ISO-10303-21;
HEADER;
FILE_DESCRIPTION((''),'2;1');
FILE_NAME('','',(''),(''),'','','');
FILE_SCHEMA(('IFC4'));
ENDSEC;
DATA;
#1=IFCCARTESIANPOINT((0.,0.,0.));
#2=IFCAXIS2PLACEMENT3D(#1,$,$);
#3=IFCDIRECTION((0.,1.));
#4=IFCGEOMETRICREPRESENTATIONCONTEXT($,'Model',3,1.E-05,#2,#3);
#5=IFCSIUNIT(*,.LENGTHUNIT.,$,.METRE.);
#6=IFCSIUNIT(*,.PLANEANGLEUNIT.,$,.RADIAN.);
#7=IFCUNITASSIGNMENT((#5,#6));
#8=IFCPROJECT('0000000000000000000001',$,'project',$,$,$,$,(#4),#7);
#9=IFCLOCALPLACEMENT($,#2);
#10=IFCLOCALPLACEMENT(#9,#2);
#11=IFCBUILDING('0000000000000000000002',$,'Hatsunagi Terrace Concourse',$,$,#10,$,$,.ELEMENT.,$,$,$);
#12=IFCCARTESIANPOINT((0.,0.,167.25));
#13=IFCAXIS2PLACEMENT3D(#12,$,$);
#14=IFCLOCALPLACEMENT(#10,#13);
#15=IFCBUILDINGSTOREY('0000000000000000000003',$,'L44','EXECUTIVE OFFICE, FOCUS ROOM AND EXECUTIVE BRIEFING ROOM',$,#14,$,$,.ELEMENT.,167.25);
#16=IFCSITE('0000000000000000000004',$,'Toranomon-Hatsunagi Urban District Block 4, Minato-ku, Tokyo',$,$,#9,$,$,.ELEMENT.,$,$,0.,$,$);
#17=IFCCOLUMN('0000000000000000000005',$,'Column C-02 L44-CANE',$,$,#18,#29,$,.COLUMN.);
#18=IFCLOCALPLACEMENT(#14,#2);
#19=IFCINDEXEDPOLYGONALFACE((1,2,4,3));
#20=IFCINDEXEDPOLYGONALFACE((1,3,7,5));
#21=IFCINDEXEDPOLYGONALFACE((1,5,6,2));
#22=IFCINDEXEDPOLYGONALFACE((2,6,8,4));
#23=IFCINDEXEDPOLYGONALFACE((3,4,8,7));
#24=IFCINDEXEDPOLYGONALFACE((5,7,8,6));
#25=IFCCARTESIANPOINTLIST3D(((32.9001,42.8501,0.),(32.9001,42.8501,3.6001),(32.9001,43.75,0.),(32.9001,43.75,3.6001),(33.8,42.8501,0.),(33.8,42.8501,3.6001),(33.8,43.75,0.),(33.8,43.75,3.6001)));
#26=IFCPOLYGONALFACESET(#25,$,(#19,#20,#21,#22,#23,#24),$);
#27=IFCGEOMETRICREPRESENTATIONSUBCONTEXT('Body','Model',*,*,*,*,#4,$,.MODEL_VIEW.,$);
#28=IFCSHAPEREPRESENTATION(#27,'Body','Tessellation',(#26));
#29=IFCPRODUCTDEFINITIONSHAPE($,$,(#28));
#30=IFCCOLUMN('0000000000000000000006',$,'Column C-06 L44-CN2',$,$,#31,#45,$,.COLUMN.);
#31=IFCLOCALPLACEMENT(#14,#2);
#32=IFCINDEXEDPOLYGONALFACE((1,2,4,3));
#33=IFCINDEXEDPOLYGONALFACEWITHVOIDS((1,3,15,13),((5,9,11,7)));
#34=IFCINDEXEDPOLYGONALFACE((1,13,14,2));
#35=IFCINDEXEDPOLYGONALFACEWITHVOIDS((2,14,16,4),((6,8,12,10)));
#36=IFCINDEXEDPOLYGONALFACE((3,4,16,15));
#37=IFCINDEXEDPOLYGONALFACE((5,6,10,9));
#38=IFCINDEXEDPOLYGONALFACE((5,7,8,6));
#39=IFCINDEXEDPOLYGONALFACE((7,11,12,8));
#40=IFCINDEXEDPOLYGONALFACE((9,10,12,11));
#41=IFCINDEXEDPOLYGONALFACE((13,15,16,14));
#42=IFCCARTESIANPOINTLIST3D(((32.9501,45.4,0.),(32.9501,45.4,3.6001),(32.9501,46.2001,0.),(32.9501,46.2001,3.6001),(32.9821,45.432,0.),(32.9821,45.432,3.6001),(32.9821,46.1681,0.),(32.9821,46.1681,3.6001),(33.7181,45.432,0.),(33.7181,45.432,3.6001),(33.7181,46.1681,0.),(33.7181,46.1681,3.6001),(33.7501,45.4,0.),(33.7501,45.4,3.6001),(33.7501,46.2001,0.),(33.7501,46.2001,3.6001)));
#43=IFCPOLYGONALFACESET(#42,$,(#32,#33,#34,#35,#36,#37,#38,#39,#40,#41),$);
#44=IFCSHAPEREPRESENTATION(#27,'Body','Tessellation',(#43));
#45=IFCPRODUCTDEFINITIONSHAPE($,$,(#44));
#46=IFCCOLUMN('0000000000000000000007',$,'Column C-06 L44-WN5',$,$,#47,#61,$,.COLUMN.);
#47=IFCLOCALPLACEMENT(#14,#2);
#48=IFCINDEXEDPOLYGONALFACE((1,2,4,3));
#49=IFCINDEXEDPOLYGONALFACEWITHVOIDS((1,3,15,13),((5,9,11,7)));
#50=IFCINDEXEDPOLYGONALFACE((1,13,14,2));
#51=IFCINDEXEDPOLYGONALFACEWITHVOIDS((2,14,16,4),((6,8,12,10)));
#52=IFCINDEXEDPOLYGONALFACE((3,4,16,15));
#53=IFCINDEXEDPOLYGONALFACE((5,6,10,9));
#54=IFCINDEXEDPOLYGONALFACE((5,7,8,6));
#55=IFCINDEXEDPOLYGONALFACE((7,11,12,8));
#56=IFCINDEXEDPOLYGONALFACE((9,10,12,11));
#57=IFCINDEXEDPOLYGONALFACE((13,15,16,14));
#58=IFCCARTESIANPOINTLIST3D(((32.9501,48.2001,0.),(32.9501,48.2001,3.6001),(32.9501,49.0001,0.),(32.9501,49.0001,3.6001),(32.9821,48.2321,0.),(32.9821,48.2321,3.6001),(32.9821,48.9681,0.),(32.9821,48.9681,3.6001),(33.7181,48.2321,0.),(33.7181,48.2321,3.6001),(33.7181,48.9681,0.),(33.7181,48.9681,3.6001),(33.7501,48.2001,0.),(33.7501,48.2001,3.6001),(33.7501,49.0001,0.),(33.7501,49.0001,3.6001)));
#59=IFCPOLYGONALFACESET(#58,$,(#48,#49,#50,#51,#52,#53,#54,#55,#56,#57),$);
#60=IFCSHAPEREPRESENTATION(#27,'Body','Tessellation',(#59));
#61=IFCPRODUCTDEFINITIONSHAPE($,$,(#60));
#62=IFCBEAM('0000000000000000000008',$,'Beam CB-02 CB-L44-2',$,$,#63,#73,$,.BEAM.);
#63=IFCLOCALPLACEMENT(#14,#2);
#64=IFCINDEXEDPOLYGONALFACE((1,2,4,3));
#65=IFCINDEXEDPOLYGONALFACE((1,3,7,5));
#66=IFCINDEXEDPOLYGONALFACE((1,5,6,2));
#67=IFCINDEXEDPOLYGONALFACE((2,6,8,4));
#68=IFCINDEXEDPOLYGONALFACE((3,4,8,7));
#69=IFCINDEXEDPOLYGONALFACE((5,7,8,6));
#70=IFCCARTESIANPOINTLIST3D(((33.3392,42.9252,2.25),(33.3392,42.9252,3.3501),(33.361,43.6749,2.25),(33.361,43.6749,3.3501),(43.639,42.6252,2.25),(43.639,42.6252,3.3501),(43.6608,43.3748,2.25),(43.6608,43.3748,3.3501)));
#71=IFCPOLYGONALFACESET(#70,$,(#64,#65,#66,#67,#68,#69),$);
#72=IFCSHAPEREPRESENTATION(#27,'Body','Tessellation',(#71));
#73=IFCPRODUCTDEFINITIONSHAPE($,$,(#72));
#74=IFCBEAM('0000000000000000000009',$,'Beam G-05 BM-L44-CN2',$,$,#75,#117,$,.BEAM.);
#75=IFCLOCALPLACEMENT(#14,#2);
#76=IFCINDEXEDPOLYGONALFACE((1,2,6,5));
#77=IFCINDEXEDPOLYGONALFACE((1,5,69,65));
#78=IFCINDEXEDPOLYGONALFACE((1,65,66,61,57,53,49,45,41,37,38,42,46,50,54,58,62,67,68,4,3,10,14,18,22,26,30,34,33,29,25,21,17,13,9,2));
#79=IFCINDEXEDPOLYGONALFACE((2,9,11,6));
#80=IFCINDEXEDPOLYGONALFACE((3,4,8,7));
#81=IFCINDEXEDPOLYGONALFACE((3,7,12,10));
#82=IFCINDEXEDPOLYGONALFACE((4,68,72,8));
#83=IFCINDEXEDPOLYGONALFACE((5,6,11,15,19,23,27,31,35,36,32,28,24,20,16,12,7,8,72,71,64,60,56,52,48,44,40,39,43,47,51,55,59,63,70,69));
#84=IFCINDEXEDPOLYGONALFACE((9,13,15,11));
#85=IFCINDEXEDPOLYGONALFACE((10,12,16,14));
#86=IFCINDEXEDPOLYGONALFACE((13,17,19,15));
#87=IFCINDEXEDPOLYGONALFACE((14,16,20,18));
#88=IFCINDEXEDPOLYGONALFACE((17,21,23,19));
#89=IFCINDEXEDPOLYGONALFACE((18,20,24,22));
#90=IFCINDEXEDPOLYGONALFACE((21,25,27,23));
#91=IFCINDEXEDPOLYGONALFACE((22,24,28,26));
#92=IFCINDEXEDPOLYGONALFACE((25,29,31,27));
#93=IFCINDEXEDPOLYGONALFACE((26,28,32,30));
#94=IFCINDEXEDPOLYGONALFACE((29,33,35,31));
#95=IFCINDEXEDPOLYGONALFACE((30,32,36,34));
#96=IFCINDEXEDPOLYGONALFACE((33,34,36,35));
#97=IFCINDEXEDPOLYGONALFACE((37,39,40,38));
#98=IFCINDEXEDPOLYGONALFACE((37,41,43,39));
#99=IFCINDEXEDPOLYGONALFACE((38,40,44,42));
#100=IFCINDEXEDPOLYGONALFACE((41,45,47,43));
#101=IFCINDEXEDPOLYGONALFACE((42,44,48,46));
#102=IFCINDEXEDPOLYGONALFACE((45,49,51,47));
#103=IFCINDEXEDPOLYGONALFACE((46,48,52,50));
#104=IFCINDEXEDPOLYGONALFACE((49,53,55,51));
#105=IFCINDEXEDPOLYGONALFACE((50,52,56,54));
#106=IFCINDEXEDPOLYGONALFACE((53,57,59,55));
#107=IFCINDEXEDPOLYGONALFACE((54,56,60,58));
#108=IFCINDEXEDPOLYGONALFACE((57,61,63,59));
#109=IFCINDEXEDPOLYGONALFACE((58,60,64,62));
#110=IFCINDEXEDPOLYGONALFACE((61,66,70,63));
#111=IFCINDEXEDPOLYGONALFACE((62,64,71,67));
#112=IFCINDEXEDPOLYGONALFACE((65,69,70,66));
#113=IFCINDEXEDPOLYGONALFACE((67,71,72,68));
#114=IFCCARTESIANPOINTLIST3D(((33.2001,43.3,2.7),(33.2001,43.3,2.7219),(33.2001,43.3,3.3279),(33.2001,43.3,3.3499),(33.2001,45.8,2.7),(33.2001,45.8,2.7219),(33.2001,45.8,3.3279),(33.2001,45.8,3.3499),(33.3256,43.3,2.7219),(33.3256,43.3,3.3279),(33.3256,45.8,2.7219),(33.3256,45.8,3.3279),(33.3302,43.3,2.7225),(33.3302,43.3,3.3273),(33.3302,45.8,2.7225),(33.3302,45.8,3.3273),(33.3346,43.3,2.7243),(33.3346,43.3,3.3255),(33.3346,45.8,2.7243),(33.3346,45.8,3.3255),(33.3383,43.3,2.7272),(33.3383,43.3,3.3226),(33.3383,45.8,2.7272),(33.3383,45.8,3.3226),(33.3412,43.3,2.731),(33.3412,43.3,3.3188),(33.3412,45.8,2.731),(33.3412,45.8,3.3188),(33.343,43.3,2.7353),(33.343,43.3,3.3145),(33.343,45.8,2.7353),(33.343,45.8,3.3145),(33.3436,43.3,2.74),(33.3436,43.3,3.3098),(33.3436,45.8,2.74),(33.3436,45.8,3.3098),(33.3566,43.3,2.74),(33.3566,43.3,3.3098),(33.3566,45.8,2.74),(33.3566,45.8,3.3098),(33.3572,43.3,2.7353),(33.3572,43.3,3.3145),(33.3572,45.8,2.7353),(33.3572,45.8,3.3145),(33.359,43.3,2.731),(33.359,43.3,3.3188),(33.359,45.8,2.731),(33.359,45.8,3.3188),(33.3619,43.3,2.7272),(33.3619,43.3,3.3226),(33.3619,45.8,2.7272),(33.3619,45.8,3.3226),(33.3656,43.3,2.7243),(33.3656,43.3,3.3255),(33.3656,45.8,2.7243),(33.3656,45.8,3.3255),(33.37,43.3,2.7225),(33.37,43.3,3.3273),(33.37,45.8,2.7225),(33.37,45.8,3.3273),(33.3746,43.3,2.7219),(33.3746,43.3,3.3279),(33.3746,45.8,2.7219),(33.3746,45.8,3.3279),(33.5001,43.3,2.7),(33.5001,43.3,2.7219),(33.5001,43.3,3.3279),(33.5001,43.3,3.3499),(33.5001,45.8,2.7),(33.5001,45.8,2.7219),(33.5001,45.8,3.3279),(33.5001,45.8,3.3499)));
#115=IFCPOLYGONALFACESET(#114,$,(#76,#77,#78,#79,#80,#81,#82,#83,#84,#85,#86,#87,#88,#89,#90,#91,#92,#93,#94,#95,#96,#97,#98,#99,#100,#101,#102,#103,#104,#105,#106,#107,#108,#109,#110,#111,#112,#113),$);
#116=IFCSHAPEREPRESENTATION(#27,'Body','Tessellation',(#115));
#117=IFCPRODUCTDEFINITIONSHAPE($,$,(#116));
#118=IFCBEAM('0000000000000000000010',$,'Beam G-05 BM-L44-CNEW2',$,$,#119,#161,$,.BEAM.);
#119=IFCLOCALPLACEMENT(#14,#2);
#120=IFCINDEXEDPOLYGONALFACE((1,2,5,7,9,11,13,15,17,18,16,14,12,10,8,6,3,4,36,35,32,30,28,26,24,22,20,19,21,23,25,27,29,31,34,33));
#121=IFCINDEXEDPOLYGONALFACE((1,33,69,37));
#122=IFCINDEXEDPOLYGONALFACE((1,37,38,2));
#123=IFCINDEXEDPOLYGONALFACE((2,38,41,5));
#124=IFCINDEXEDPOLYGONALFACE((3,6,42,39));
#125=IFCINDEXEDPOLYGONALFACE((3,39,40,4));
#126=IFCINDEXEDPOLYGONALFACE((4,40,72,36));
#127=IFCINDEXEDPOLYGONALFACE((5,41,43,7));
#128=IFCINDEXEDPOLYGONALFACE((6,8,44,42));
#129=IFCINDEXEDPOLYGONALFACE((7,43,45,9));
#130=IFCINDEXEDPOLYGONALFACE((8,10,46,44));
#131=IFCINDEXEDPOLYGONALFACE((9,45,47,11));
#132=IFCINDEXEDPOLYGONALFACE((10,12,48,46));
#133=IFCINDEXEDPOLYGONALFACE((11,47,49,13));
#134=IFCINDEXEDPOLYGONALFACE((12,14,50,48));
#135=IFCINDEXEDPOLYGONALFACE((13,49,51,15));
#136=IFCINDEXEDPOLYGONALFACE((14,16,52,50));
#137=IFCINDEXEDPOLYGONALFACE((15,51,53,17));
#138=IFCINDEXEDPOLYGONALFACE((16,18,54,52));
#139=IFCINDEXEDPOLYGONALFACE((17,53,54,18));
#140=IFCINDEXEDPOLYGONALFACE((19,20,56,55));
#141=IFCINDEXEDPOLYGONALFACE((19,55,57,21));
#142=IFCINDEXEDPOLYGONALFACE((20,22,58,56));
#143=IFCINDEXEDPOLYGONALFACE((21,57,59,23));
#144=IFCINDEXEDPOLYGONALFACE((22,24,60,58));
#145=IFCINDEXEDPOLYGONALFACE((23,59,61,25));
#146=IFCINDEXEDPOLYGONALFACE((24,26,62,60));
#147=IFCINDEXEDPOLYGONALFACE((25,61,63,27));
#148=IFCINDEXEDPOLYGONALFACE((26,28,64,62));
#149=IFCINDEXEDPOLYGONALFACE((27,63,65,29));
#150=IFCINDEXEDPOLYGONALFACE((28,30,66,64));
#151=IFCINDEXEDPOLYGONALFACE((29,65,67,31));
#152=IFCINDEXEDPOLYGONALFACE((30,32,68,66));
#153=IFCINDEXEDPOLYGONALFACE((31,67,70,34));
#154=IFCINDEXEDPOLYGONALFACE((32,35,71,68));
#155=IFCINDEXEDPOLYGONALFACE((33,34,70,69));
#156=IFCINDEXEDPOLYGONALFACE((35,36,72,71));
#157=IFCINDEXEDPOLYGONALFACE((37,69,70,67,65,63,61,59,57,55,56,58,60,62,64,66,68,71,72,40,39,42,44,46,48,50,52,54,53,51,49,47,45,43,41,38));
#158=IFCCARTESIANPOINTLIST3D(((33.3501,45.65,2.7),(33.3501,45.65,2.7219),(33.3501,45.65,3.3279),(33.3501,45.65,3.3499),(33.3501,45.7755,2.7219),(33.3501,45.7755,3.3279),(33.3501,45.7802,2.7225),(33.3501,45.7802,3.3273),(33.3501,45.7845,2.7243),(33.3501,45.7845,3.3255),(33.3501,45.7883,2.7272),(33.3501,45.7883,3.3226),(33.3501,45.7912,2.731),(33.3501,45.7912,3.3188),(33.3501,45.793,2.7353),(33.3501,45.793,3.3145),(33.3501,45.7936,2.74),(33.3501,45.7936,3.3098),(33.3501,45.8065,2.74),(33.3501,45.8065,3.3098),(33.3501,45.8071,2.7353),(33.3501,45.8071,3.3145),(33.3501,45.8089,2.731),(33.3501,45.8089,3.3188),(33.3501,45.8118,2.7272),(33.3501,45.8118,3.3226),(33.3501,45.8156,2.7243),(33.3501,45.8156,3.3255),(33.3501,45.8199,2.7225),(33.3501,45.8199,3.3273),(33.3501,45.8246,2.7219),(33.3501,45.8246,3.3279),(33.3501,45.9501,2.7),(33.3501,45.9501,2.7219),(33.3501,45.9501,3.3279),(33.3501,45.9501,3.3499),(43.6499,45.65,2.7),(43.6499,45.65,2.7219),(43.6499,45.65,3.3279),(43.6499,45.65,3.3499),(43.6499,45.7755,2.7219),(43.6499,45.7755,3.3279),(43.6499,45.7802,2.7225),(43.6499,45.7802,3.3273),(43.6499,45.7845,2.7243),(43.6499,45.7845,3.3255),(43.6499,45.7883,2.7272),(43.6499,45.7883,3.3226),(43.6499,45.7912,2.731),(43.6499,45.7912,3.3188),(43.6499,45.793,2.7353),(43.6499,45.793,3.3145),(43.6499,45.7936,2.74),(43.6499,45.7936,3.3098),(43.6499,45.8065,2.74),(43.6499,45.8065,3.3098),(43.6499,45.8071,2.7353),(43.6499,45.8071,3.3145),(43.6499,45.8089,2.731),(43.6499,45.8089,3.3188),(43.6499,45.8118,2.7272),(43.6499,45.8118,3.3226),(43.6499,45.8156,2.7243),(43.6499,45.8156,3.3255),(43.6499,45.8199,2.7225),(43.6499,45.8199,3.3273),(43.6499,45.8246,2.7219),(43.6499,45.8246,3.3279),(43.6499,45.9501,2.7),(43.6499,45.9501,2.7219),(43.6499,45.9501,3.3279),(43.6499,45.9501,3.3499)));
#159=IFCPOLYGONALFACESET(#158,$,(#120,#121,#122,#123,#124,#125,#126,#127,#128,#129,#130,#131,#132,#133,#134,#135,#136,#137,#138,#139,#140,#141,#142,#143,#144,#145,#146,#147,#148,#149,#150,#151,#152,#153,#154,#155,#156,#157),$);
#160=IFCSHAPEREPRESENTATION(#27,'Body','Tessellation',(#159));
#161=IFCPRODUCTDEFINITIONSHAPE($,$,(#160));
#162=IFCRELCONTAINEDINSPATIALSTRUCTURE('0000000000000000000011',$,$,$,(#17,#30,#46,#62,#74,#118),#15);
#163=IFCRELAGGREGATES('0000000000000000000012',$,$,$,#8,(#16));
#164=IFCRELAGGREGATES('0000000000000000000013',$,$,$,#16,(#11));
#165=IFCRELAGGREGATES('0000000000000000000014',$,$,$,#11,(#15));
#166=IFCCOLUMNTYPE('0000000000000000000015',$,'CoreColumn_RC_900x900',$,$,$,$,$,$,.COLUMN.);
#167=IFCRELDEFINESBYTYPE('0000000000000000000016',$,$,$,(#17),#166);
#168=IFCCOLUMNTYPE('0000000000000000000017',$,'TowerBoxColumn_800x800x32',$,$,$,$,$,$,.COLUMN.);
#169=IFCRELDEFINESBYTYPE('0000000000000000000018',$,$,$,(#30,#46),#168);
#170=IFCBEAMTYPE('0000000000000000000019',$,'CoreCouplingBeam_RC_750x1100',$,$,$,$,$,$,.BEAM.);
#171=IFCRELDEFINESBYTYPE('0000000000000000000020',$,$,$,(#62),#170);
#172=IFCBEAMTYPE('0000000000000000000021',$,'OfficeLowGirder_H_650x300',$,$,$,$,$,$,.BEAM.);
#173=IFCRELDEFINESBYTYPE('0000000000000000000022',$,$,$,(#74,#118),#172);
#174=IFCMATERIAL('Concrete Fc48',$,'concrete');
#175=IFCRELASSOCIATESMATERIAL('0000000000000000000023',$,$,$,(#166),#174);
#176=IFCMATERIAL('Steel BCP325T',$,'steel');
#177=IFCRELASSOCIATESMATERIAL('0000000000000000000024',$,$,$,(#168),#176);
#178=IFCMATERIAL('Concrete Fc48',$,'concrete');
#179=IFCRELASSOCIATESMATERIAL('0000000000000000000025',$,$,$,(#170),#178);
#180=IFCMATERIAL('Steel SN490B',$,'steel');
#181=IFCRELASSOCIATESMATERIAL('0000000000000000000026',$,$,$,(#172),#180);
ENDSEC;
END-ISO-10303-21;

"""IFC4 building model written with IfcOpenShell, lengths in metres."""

from ifc_helpers import new_model, si_unit, direction, frame, origin, origin_2d, place, context, subcontext, project, spatial, rectangle, hollow_rectangle, i_section, extrude, material, material_profile, profile_set, type_object, element, save


model = new_model("IFC4")

# Units and contexts
model_context = context("Model", 3, precision=1e-05, world=origin(), true_north=direction((0.0, 1.0)))
body_context = subcontext(model_context, "Body", "Model", "MODEL_VIEW")
ifc_project = project(units=[si_unit("LENGTHUNIT", "METRE"), si_unit("PLANEANGLEUNIT", "RADIAN")], contexts=[model_context])

# Site, building, storey
site_placement = place(None, origin())
site = spatial("IfcSite", under=ifc_project, at=site_placement, Name="Toranomon-Hatsunagi Urban District Block 4, Minato-ku, Tokyo", CompositionType="ELEMENT", RefElevation=0.0)
building_placement = place(site_placement, origin())
building = spatial("IfcBuilding", under=site, at=building_placement, Name="Hatsunagi Terrace Concourse", CompositionType="ELEMENT")
storey_placement = place(building_placement, frame((0.0, 0.0, 167.25)))
storey = spatial("IfcBuildingStorey", under=building, at=storey_placement, Name="L44", Description="EXECUTIVE OFFICE, FOCUS ROOM AND EXECUTIVE BRIEFING ROOM", CompositionType="ELEMENT", Elevation=167.25)

# Columns
ifc_material_1 = material(Name="Concrete Fc48", Category="concrete")
ifc_material_profile_1 = material_profile(ifc_material_1, rectangle(XDim=0.8999, YDim=0.8999, at=origin_2d()), Name="RC-900x900")
ifc_profile_set_1 = profile_set([ifc_material_profile_1], Name="Concrete Fc48")
column_type_1 = type_object("IfcColumnType", Name="CoreColumn_RC_900x900", PredefinedType="COLUMN", material=ifc_profile_set_1)
column_placement = place(storey_placement, frame((33.3501, 43.3, 0.0), z_axis=(0.0, 0.0, 1.0), x_axis=(1.0, 0.0, 0.0)))
element("IfcColumn", 1, at=column_placement, inside=storey, type_object=column_type_1, Name="Column C-02 L44-CANE", PredefinedType="COLUMN", context=body_context, shape_type="SweptSolid", body=[
    extrude(rectangle(XDim=0.8999, YDim=0.8999, at=origin_2d()), origin(), (0.0, 0.0, 1.0), 3.6001),
])
ifc_material_2 = material(Name="Steel BCP325T", Category="steel")
ifc_material_profile_2 = material_profile(ifc_material_2, hollow_rectangle(XDim=0.8, YDim=0.8, WallThickness=0.032, at=origin_2d()), Name="BCP-800x800x32")
ifc_profile_set_2 = profile_set([ifc_material_profile_2], Name="Steel BCP325T")
column_type_2 = type_object("IfcColumnType", Name="TowerBoxColumn_800x800x32", PredefinedType="COLUMN", material=ifc_profile_set_2)
for number, where, z_axis, x_axis, name in (
    (2, (33.3501, 45.8, 0.0), (0.0, 0.0, 1.0), (1.0, 0.0, 0.0), "Column C-06 L44-CN2"),
    (3, (33.3501, 48.6001, 0.0), (0.0, 0.0, 1.0), (1.0, 0.0, 0.0), "Column C-06 L44-WN5"),
):
    element("IfcColumn", number, at=place(storey_placement, frame(where, z_axis=z_axis, x_axis=x_axis)), inside=storey, type_object=column_type_2, Name=name, PredefinedType="COLUMN", context=body_context, shape_type="SweptSolid", body=[
        extrude(hollow_rectangle(XDim=0.8, YDim=0.8, WallThickness=0.032, at=origin_2d()), origin(), (0.0, 0.0, 1.0), 3.6001),
    ])

# Beams
ifc_material_3 = material(Name="Concrete Fc48", Category="concrete")
ifc_material_profile_3 = material_profile(ifc_material_3, rectangle(XDim=0.75, YDim=1.1001, at=origin_2d()), Name="RC-750x1100")
ifc_profile_set_3 = profile_set([ifc_material_profile_3], Name="Concrete Fc48")
beam_type_1 = type_object("IfcBeamType", Name="CoreCouplingBeam_RC_750x1100", PredefinedType="BEAM", material=ifc_profile_set_3)
beam_1_placement = place(storey_placement, frame((33.3501, 43.3, 2.8), z_axis=(0.999576, -0.029119, 0.0), x_axis=(0.029119, 0.999576, 0.0)))
element("IfcBeam", 4, at=beam_1_placement, inside=storey, type_object=beam_type_1, Name="Beam CB-02 CB-L44-2", PredefinedType="BEAM", context=body_context, shape_type="SweptSolid", body=[
    extrude(rectangle(XDim=0.75, YDim=1.1001, at=origin_2d()), origin(), (0.0, 0.0, 1.0), 10.3042),
])
ifc_material_4 = material(Name="Steel SN490B", Category="steel")
ifc_material_profile_4 = material_profile(ifc_material_4, i_section(OverallWidth=0.3, OverallDepth=0.6499, WebThickness=0.0129, FlangeThickness=0.022, FilletRadius=0.0181, at=origin_2d()), Name="H-650x300x13x22")
ifc_profile_set_4 = profile_set([ifc_material_profile_4], Name="Steel SN490B")
beam_type_2 = type_object("IfcBeamType", Name="OfficeLowGirder_H_650x300", PredefinedType="BEAM", material=ifc_profile_set_4)
beam_2_placement = place(storey_placement, frame((33.3501, 43.3, 3.0249), z_axis=(0.0, 1.0, 0.0), x_axis=(-1.0, 0.0, 0.0)))
element("IfcBeam", 5, at=beam_2_placement, inside=storey, type_object=beam_type_2, Name="Beam G-05 BM-L44-CN2", PredefinedType="BEAM", context=body_context, shape_type="SweptSolid", body=[
    extrude(i_section(OverallWidth=0.3, OverallDepth=0.6499, WebThickness=0.0129, FlangeThickness=0.022, FilletRadius=0.0181, at=origin_2d()), origin(), (0.0, 0.0, 1.0), 2.5),
])
beam_3_placement = place(storey_placement, frame((33.3501, 45.8, 3.0249), z_axis=(1.0, 0.0, 0.0), x_axis=(0.0, 1.0, 0.0)))
element("IfcBeam", 6, at=beam_3_placement, inside=storey, type_object=beam_type_2, Name="Beam G-05 BM-L44-CNEW2", PredefinedType="BEAM", context=body_context, shape_type="SweptSolid", body=[
    extrude(i_section(OverallWidth=0.3, OverallDepth=0.6499, WebThickness=0.0129, FlangeThickness=0.022, FilletRadius=0.0181, at=origin_2d()), origin(), (0.0, 0.0, 1.0), 10.2998),
])

save(model, "model.ifc")
